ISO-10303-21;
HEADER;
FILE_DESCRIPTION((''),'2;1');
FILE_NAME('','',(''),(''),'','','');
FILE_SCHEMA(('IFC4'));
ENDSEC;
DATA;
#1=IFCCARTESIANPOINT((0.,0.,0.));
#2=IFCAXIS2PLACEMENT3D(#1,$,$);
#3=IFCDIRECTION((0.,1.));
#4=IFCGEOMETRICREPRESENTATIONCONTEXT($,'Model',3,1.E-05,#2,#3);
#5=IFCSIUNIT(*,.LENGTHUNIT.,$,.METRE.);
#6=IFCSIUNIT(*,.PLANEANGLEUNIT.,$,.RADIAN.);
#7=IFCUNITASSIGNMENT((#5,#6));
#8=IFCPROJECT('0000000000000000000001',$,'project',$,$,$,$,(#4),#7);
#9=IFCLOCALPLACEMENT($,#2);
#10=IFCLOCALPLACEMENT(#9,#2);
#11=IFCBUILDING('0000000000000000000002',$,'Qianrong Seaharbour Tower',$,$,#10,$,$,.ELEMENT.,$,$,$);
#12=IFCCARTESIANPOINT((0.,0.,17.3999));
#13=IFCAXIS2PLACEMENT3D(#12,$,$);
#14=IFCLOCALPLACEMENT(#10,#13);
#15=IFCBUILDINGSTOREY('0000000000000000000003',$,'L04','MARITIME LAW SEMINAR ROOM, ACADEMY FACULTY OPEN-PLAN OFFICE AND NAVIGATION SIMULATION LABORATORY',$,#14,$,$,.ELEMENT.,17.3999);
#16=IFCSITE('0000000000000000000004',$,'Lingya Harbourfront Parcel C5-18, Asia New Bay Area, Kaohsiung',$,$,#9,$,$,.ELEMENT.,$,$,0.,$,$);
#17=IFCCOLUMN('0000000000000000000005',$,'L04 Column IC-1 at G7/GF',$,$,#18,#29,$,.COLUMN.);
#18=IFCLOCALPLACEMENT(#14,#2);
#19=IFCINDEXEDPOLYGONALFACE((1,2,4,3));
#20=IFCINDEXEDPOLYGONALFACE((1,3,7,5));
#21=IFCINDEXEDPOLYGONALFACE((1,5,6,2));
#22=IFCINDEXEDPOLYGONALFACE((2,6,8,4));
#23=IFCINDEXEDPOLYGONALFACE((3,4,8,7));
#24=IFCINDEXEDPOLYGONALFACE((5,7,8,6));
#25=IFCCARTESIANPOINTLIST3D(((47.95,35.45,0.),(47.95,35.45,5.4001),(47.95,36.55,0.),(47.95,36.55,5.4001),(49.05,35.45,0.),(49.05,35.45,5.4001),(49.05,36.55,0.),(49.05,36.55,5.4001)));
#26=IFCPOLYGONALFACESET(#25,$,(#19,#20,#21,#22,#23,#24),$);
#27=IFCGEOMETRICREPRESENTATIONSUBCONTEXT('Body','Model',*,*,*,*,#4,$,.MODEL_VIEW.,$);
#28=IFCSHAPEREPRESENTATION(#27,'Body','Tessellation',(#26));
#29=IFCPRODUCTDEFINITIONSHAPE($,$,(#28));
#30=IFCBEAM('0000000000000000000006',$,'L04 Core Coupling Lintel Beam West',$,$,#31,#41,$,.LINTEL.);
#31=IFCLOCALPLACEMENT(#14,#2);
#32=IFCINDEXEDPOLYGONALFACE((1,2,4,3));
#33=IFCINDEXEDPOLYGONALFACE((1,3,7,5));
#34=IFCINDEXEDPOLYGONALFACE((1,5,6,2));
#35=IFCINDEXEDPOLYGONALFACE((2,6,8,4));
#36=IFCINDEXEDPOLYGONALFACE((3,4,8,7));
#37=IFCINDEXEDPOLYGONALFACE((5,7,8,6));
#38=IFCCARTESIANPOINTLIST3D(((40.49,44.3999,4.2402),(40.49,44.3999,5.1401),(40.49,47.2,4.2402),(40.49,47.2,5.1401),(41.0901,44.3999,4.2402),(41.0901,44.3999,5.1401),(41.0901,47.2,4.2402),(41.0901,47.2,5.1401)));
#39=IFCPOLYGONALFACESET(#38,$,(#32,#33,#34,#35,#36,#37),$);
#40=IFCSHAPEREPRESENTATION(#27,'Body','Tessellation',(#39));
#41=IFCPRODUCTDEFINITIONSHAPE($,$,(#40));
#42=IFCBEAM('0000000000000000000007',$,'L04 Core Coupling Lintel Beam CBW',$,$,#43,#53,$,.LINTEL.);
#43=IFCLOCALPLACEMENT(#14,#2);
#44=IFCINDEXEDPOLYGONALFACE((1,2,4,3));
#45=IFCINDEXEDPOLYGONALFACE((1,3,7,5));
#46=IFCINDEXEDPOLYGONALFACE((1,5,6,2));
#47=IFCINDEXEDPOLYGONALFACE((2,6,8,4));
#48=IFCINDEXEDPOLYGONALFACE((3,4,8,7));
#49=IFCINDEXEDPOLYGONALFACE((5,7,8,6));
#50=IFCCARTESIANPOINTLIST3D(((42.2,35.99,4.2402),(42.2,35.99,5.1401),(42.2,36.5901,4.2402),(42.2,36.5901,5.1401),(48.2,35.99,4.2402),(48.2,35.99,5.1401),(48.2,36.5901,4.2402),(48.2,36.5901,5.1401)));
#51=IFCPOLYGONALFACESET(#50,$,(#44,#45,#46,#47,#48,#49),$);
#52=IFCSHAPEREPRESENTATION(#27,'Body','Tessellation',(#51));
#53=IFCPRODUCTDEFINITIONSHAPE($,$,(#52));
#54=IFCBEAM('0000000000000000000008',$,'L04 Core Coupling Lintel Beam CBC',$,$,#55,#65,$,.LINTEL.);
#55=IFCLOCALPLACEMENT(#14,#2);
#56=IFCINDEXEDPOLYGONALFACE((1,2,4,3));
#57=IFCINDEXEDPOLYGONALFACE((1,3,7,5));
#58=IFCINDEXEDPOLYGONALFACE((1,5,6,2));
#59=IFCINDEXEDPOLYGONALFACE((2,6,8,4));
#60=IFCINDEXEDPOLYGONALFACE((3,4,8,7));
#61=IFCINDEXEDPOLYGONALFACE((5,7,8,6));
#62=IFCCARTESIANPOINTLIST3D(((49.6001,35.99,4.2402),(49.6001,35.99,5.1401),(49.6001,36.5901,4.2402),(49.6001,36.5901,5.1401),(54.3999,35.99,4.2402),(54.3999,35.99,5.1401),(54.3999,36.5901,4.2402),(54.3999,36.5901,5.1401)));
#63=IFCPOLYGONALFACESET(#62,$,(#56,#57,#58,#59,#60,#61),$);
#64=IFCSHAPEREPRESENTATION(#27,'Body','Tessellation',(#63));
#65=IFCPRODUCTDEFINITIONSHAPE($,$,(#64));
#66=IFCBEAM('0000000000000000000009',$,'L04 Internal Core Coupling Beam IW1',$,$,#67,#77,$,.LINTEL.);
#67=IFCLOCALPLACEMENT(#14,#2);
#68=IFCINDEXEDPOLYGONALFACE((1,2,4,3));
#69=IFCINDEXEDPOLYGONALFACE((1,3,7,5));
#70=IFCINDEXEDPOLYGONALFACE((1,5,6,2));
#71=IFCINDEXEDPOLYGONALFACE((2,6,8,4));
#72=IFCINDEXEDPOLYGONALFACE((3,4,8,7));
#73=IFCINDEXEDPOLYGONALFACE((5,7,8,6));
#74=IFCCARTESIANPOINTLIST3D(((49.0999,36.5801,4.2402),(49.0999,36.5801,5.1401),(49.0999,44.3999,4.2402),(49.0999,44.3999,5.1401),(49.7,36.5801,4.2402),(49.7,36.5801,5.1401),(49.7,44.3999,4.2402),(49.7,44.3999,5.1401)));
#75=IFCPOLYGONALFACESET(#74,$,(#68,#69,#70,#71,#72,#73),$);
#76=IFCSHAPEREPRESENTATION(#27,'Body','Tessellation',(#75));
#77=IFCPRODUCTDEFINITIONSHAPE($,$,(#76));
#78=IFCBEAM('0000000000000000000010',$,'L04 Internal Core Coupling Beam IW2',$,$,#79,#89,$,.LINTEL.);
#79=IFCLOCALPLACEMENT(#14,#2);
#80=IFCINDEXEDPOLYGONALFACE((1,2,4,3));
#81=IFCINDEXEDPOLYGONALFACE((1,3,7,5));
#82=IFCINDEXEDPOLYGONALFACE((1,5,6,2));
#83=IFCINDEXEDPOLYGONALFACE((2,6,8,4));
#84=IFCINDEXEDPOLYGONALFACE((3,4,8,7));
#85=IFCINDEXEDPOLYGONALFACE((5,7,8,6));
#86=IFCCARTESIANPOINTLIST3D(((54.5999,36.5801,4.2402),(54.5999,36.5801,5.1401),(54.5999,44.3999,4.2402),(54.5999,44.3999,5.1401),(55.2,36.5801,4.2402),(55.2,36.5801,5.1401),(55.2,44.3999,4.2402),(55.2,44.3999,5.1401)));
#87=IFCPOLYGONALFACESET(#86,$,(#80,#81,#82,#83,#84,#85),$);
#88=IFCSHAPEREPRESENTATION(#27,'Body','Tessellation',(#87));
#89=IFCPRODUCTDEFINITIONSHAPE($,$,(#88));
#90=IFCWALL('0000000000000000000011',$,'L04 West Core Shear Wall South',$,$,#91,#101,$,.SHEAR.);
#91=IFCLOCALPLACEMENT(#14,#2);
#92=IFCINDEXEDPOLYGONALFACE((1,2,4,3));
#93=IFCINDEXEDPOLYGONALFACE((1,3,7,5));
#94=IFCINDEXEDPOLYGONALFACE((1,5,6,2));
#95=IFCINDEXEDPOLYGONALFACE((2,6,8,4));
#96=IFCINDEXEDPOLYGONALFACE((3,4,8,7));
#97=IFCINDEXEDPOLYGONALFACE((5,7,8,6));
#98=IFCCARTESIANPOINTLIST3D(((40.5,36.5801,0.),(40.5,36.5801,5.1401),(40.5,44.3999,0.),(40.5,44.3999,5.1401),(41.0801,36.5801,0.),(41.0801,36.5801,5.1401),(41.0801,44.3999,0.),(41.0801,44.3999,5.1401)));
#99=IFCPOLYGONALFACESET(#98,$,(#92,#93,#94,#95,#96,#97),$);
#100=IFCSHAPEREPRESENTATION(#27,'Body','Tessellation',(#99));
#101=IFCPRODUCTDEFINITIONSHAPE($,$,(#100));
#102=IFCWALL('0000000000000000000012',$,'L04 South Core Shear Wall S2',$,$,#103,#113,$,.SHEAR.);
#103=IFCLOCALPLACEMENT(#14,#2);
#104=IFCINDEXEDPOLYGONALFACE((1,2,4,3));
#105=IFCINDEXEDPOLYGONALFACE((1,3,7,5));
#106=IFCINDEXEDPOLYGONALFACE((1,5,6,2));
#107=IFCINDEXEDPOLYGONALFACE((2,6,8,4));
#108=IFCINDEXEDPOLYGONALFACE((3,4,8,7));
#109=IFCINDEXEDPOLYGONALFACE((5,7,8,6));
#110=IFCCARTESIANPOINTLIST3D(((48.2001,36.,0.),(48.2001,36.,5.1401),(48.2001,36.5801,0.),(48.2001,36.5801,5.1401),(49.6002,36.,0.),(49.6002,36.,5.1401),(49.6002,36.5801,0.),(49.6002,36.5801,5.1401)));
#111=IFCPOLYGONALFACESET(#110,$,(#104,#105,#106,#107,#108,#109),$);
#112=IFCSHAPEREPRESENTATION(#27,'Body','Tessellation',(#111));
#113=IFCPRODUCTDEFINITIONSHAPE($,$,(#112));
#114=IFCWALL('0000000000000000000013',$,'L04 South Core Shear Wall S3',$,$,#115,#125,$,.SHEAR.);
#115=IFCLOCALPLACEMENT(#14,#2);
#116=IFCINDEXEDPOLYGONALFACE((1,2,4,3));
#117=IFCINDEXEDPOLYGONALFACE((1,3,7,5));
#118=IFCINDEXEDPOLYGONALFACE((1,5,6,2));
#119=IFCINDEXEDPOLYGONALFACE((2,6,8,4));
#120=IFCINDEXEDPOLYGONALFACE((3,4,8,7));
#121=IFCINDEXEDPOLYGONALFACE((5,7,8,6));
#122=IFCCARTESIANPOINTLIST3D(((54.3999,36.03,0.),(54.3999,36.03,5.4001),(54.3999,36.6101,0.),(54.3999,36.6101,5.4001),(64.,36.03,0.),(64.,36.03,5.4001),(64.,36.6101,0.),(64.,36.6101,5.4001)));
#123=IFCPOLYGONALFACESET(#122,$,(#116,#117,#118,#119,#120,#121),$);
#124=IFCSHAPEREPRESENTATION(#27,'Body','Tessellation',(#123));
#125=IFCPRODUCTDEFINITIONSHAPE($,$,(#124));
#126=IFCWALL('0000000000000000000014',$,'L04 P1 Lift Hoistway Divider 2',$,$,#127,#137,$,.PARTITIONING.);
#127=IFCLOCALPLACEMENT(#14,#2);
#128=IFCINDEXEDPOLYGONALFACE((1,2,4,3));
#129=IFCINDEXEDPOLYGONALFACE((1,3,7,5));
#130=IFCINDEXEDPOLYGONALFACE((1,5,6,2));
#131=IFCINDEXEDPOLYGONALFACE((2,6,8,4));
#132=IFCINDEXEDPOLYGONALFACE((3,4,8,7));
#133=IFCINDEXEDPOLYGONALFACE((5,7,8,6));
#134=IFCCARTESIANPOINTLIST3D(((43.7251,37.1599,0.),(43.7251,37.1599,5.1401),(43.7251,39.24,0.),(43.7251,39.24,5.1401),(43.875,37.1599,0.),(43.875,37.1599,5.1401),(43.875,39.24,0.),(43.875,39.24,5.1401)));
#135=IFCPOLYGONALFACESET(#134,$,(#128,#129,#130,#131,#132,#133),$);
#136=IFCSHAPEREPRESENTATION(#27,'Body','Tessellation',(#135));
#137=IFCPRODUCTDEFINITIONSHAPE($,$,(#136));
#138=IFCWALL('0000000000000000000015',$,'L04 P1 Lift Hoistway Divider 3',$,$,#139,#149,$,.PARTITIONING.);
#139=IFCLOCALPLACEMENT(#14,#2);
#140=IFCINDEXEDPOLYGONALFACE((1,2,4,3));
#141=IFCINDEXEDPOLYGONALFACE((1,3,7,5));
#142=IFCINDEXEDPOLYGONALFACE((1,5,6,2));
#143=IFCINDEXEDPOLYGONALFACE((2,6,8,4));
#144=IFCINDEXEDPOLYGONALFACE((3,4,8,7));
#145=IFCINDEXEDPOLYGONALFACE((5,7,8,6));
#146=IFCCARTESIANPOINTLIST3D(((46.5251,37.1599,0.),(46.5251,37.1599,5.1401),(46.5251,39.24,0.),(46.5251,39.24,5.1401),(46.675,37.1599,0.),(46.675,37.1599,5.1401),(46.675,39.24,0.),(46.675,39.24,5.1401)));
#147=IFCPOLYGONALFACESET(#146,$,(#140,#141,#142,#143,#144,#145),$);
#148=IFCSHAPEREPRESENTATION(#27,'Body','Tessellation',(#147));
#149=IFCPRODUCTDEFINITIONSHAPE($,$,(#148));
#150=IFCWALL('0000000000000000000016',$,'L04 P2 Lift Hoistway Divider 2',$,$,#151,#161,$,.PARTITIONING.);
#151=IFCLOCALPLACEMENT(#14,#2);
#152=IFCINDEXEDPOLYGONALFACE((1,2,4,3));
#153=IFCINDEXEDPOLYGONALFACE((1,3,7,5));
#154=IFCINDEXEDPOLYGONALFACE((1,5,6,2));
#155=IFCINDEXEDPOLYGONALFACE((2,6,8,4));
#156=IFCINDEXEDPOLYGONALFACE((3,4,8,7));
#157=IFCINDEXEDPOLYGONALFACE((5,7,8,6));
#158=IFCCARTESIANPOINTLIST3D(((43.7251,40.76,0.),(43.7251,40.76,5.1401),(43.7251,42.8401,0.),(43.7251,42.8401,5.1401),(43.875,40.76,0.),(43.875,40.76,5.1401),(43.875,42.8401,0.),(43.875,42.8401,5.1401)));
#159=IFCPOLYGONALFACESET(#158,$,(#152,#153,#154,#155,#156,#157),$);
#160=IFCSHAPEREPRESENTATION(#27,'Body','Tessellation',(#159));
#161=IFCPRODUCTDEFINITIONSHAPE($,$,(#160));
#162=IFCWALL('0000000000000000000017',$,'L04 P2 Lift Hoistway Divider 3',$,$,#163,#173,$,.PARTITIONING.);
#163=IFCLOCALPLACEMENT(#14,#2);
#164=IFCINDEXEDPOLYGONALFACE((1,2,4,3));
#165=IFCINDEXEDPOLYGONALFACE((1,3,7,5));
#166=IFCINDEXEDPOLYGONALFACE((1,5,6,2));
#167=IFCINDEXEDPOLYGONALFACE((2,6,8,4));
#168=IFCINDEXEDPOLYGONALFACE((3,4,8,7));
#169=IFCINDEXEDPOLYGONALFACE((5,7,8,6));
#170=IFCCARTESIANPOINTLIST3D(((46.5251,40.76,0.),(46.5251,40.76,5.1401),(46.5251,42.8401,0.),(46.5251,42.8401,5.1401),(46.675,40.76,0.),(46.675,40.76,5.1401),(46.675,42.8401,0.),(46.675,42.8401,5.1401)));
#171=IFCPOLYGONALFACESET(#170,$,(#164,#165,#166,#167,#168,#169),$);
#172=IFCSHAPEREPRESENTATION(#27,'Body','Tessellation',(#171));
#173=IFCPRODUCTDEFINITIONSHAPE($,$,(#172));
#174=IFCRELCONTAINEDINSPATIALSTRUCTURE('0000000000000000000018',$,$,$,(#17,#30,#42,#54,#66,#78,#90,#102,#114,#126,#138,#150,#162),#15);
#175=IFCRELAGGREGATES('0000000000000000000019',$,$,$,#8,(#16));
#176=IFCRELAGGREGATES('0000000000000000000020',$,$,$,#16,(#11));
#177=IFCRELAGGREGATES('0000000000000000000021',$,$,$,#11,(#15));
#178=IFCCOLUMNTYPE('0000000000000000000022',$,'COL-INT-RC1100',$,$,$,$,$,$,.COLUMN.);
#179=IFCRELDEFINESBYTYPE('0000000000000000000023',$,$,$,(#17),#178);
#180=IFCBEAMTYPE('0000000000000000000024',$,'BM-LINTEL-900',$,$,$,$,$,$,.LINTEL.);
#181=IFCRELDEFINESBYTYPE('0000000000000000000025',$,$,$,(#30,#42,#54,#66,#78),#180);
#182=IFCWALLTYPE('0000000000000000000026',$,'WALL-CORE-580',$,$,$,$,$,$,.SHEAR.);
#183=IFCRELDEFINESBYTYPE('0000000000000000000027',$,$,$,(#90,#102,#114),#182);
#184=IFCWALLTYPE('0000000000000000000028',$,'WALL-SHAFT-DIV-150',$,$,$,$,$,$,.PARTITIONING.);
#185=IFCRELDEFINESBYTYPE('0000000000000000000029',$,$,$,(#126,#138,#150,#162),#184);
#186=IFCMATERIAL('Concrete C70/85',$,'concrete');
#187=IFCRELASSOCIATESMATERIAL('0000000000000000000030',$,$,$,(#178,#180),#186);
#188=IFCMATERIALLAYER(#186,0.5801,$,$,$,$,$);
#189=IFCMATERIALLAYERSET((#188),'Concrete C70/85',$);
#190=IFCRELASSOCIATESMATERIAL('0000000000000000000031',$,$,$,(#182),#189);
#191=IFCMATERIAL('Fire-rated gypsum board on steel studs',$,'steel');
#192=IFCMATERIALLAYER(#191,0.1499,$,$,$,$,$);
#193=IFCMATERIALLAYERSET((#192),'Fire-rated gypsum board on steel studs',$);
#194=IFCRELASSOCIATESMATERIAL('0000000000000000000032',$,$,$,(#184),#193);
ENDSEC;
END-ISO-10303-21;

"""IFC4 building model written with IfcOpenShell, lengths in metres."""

from ifc_helpers import new_model, si_unit, direction, frame, frame_2d, origin, origin_2d, place, context, subcontext, project, spatial, rectangle, extrude, material, layer, layer_set, material_profile, profile_set, type_object, element, save


model = new_model("IFC4")

# Units and contexts
model_context = context("Model", 3, precision=1e-05, world=origin(), true_north=direction((0.0, 1.0)))
body_context = subcontext(model_context, "Body", "Model", "MODEL_VIEW")
ifc_project = project(units=[si_unit("LENGTHUNIT", "METRE"), si_unit("PLANEANGLEUNIT", "RADIAN")], contexts=[model_context])

# Site, building, storey
site_placement = place(None, origin())
site = spatial("IfcSite", under=ifc_project, at=site_placement, Name="Lingya Harbourfront Parcel C5-18, Asia New Bay Area, Kaohsiung", CompositionType="ELEMENT", RefElevation=0.0)
building_placement = place(site_placement, origin())
building = spatial("IfcBuilding", under=site, at=building_placement, Name="Qianrong Seaharbour Tower", CompositionType="ELEMENT")
storey_placement = place(building_placement, frame((0.0, 0.0, 17.3999)))
storey = spatial("IfcBuildingStorey", under=building, at=storey_placement, Name="L04", Description="MARITIME LAW SEMINAR ROOM, ACADEMY FACULTY OPEN-PLAN OFFICE AND NAVIGATION SIMULATION LABORATORY", CompositionType="ELEMENT", Elevation=17.3999)

# Column
ifc_material_1 = material(Name="Concrete C70/85", Category="concrete")
ifc_material_profile_1 = material_profile(ifc_material_1, rectangle(XDim=1.1001, YDim=1.1001, at=origin_2d()), Name="RC1100x1100")
ifc_profile_set_1 = profile_set([ifc_material_profile_1], Name="Concrete C70/85")
column_type = type_object("IfcColumnType", Name="COL-INT-RC1100", PredefinedType="COLUMN", material=ifc_profile_set_1)
column_placement = place(storey_placement, frame((48.5, 36.0, 0.0), z_axis=(0.0, 0.0, 1.0), x_axis=(1.0, 0.0, 0.0)))
element("IfcColumn", 1, at=column_placement, inside=storey, type_object=column_type, Name="L04 Column IC-1 at G7/GF", PredefinedType="COLUMN", context=body_context, shape_type="SweptSolid", body=[
    extrude(rectangle(XDim=1.1001, YDim=1.1001, at=origin_2d()), origin(), (0.0, 0.0, 1.0), 5.4001),
])

# Beams
ifc_material_profile_2 = material_profile(ifc_material_1, rectangle(XDim=0.6001, YDim=0.8999, at=origin_2d()), Name="RC600x900")
ifc_profile_set_2 = profile_set([ifc_material_profile_2], Name="Concrete C70/85")
beam_type = type_object("IfcBeamType", Name="BM-LINTEL-900", PredefinedType="LINTEL", material=ifc_profile_set_2)
beam_1_placement = place(storey_placement, frame((40.79, 44.3999, 4.6902), z_axis=(0.0, 1.0, 0.0), x_axis=(-1.0, 0.0, 0.0)))
element("IfcBeam", 2, at=beam_1_placement, inside=storey, type_object=beam_type, Name="L04 Core Coupling Lintel Beam West", PredefinedType="LINTEL", context=body_context, shape_type="SweptSolid", body=[
    extrude(rectangle(XDim=0.6001, YDim=0.8999, at=origin_2d()), origin(), (0.0, 0.0, 1.0), 2.8),
])
beam_2_placement = place(storey_placement, frame((42.2, 36.29, 4.6902), z_axis=(1.0, 0.0, 0.0), x_axis=(0.0, 1.0, 0.0)))
element("IfcBeam", 3, at=beam_2_placement, inside=storey, type_object=beam_type, Name="L04 Core Coupling Lintel Beam CBW", PredefinedType="LINTEL", context=body_context, shape_type="SweptSolid", body=[
    extrude(rectangle(XDim=0.6001, YDim=0.8999, at=origin_2d()), origin(), (0.0, 0.0, 1.0), 6.0),
])
beam_3_placement = place(storey_placement, frame((49.6001, 36.29, 4.6902), z_axis=(1.0, 0.0, 0.0), x_axis=(0.0, 1.0, 0.0)))
element("IfcBeam", 4, at=beam_3_placement, inside=storey, type_object=beam_type, Name="L04 Core Coupling Lintel Beam CBC", PredefinedType="LINTEL", context=body_context, shape_type="SweptSolid", body=[
    extrude(rectangle(XDim=0.6001, YDim=0.8999, at=origin_2d()), origin(), (0.0, 0.0, 1.0), 4.7998),
])
for number, where, z_axis, x_axis, name in (
    (5, (49.3999, 36.5801, 4.6902), (0.0, 1.0, 0.0), (-1.0, 0.0, 0.0), "L04 Internal Core Coupling Beam IW1"),
    (6, (54.8999, 36.5801, 4.6902), (0.0, 1.0, 0.0), (-1.0, 0.0, 0.0), "L04 Internal Core Coupling Beam IW2"),
):
    element("IfcBeam", number, at=place(storey_placement, frame(where, z_axis=z_axis, x_axis=x_axis)), inside=storey, type_object=beam_type, Name=name, PredefinedType="LINTEL", context=body_context, shape_type="SweptSolid", body=[
        extrude(rectangle(XDim=0.6001, YDim=0.8999, at=origin_2d()), origin(), (0.0, 0.0, 1.0), 7.8198),
    ])

# Walls
ifc_layer_1 = layer(ifc_material_1, 0.5801)
ifc_layer_set_1 = layer_set([ifc_layer_1], Name="Concrete C70/85")
wall_type_1 = type_object("IfcWallType", Name="WALL-CORE-580", PredefinedType="SHEAR", material=ifc_layer_set_1)
wall_1_placement = place(storey_placement, frame((40.79, 36.5801, 0.0), z_axis=(0.0, 0.0, 1.0), x_axis=(0.0, 1.0, 0.0)))
element("IfcWall", 7, at=wall_1_placement, inside=storey, type_object=wall_type_1, Name="L04 West Core Shear Wall South", PredefinedType="SHEAR", context=body_context, shape_type="SweptSolid", body=[
    extrude(rectangle(XDim=7.8198, YDim=0.5801, at=frame_2d((3.9099, 0.0))), origin(), (0.0, 0.0, 1.0), 5.1401),
])
wall_2_placement = place(storey_placement, frame((48.2, 36.29, 0.0), z_axis=(0.0, 0.0, 1.0), x_axis=(1.0, 0.0, 0.0)))
element("IfcWall", 8, at=wall_2_placement, inside=storey, type_object=wall_type_1, Name="L04 South Core Shear Wall S2", PredefinedType="SHEAR", context=body_context, shape_type="SweptSolid", body=[
    extrude(rectangle(XDim=1.4001, YDim=0.5801, at=frame_2d((0.7002, 0.0))), origin(), (0.0, 0.0, 1.0), 5.1401),
])
wall_3_placement = place(storey_placement, frame((54.3999, 36.3201, 0.0), z_axis=(0.0, 0.0, 1.0), x_axis=(1.0, 0.0, 0.0)))
element("IfcWall", 9, at=wall_3_placement, inside=storey, type_object=wall_type_1, Name="L04 South Core Shear Wall S3", PredefinedType="SHEAR", context=body_context, shape_type="SweptSolid", body=[
    extrude(rectangle(XDim=9.6001, YDim=0.5801, at=frame_2d((4.8, 0.0))), origin(), (0.0, 0.0, 1.0), 5.4001),
])
ifc_material_2 = material(Name="Fire-rated gypsum board on steel studs", Category="steel")
ifc_layer_2 = layer(ifc_material_2, 0.1499)
ifc_layer_set_2 = layer_set([ifc_layer_2], Name="Fire-rated gypsum board on steel studs")
wall_type_2 = type_object("IfcWallType", Name="WALL-SHAFT-DIV-150", PredefinedType="PARTITIONING", material=ifc_layer_set_2)
for number, where, z_axis, x_axis, name in (
    (10, (43.8, 37.1599, 0.0), (0.0, 0.0, 1.0), (0.0, 1.0, 0.0), "L04 P1 Lift Hoistway Divider 2"),
    (11, (46.6001, 37.1599, 0.0), (0.0, 0.0, 1.0), (0.0, 1.0, 0.0), "L04 P1 Lift Hoistway Divider 3"),
    (12, (43.8, 40.76, 0.0), (0.0, 0.0, 1.0), (0.0, 1.0, 0.0), "L04 P2 Lift Hoistway Divider 2"),
    (13, (46.6001, 40.76, 0.0), (0.0, 0.0, 1.0), (0.0, 1.0, 0.0), "L04 P2 Lift Hoistway Divider 3"),
):
    element("IfcWall", number, at=place(storey_placement, frame(where, z_axis=z_axis, x_axis=x_axis)), inside=storey, type_object=wall_type_2, Name=name, PredefinedType="PARTITIONING", context=body_context, shape_type="SweptSolid", body=[
        extrude(rectangle(XDim=2.0801, YDim=0.1499, at=frame_2d((1.04, 0.0))), origin(), (0.0, 0.0, 1.0), 5.1401),
    ])

save(model, "model.ifc")
